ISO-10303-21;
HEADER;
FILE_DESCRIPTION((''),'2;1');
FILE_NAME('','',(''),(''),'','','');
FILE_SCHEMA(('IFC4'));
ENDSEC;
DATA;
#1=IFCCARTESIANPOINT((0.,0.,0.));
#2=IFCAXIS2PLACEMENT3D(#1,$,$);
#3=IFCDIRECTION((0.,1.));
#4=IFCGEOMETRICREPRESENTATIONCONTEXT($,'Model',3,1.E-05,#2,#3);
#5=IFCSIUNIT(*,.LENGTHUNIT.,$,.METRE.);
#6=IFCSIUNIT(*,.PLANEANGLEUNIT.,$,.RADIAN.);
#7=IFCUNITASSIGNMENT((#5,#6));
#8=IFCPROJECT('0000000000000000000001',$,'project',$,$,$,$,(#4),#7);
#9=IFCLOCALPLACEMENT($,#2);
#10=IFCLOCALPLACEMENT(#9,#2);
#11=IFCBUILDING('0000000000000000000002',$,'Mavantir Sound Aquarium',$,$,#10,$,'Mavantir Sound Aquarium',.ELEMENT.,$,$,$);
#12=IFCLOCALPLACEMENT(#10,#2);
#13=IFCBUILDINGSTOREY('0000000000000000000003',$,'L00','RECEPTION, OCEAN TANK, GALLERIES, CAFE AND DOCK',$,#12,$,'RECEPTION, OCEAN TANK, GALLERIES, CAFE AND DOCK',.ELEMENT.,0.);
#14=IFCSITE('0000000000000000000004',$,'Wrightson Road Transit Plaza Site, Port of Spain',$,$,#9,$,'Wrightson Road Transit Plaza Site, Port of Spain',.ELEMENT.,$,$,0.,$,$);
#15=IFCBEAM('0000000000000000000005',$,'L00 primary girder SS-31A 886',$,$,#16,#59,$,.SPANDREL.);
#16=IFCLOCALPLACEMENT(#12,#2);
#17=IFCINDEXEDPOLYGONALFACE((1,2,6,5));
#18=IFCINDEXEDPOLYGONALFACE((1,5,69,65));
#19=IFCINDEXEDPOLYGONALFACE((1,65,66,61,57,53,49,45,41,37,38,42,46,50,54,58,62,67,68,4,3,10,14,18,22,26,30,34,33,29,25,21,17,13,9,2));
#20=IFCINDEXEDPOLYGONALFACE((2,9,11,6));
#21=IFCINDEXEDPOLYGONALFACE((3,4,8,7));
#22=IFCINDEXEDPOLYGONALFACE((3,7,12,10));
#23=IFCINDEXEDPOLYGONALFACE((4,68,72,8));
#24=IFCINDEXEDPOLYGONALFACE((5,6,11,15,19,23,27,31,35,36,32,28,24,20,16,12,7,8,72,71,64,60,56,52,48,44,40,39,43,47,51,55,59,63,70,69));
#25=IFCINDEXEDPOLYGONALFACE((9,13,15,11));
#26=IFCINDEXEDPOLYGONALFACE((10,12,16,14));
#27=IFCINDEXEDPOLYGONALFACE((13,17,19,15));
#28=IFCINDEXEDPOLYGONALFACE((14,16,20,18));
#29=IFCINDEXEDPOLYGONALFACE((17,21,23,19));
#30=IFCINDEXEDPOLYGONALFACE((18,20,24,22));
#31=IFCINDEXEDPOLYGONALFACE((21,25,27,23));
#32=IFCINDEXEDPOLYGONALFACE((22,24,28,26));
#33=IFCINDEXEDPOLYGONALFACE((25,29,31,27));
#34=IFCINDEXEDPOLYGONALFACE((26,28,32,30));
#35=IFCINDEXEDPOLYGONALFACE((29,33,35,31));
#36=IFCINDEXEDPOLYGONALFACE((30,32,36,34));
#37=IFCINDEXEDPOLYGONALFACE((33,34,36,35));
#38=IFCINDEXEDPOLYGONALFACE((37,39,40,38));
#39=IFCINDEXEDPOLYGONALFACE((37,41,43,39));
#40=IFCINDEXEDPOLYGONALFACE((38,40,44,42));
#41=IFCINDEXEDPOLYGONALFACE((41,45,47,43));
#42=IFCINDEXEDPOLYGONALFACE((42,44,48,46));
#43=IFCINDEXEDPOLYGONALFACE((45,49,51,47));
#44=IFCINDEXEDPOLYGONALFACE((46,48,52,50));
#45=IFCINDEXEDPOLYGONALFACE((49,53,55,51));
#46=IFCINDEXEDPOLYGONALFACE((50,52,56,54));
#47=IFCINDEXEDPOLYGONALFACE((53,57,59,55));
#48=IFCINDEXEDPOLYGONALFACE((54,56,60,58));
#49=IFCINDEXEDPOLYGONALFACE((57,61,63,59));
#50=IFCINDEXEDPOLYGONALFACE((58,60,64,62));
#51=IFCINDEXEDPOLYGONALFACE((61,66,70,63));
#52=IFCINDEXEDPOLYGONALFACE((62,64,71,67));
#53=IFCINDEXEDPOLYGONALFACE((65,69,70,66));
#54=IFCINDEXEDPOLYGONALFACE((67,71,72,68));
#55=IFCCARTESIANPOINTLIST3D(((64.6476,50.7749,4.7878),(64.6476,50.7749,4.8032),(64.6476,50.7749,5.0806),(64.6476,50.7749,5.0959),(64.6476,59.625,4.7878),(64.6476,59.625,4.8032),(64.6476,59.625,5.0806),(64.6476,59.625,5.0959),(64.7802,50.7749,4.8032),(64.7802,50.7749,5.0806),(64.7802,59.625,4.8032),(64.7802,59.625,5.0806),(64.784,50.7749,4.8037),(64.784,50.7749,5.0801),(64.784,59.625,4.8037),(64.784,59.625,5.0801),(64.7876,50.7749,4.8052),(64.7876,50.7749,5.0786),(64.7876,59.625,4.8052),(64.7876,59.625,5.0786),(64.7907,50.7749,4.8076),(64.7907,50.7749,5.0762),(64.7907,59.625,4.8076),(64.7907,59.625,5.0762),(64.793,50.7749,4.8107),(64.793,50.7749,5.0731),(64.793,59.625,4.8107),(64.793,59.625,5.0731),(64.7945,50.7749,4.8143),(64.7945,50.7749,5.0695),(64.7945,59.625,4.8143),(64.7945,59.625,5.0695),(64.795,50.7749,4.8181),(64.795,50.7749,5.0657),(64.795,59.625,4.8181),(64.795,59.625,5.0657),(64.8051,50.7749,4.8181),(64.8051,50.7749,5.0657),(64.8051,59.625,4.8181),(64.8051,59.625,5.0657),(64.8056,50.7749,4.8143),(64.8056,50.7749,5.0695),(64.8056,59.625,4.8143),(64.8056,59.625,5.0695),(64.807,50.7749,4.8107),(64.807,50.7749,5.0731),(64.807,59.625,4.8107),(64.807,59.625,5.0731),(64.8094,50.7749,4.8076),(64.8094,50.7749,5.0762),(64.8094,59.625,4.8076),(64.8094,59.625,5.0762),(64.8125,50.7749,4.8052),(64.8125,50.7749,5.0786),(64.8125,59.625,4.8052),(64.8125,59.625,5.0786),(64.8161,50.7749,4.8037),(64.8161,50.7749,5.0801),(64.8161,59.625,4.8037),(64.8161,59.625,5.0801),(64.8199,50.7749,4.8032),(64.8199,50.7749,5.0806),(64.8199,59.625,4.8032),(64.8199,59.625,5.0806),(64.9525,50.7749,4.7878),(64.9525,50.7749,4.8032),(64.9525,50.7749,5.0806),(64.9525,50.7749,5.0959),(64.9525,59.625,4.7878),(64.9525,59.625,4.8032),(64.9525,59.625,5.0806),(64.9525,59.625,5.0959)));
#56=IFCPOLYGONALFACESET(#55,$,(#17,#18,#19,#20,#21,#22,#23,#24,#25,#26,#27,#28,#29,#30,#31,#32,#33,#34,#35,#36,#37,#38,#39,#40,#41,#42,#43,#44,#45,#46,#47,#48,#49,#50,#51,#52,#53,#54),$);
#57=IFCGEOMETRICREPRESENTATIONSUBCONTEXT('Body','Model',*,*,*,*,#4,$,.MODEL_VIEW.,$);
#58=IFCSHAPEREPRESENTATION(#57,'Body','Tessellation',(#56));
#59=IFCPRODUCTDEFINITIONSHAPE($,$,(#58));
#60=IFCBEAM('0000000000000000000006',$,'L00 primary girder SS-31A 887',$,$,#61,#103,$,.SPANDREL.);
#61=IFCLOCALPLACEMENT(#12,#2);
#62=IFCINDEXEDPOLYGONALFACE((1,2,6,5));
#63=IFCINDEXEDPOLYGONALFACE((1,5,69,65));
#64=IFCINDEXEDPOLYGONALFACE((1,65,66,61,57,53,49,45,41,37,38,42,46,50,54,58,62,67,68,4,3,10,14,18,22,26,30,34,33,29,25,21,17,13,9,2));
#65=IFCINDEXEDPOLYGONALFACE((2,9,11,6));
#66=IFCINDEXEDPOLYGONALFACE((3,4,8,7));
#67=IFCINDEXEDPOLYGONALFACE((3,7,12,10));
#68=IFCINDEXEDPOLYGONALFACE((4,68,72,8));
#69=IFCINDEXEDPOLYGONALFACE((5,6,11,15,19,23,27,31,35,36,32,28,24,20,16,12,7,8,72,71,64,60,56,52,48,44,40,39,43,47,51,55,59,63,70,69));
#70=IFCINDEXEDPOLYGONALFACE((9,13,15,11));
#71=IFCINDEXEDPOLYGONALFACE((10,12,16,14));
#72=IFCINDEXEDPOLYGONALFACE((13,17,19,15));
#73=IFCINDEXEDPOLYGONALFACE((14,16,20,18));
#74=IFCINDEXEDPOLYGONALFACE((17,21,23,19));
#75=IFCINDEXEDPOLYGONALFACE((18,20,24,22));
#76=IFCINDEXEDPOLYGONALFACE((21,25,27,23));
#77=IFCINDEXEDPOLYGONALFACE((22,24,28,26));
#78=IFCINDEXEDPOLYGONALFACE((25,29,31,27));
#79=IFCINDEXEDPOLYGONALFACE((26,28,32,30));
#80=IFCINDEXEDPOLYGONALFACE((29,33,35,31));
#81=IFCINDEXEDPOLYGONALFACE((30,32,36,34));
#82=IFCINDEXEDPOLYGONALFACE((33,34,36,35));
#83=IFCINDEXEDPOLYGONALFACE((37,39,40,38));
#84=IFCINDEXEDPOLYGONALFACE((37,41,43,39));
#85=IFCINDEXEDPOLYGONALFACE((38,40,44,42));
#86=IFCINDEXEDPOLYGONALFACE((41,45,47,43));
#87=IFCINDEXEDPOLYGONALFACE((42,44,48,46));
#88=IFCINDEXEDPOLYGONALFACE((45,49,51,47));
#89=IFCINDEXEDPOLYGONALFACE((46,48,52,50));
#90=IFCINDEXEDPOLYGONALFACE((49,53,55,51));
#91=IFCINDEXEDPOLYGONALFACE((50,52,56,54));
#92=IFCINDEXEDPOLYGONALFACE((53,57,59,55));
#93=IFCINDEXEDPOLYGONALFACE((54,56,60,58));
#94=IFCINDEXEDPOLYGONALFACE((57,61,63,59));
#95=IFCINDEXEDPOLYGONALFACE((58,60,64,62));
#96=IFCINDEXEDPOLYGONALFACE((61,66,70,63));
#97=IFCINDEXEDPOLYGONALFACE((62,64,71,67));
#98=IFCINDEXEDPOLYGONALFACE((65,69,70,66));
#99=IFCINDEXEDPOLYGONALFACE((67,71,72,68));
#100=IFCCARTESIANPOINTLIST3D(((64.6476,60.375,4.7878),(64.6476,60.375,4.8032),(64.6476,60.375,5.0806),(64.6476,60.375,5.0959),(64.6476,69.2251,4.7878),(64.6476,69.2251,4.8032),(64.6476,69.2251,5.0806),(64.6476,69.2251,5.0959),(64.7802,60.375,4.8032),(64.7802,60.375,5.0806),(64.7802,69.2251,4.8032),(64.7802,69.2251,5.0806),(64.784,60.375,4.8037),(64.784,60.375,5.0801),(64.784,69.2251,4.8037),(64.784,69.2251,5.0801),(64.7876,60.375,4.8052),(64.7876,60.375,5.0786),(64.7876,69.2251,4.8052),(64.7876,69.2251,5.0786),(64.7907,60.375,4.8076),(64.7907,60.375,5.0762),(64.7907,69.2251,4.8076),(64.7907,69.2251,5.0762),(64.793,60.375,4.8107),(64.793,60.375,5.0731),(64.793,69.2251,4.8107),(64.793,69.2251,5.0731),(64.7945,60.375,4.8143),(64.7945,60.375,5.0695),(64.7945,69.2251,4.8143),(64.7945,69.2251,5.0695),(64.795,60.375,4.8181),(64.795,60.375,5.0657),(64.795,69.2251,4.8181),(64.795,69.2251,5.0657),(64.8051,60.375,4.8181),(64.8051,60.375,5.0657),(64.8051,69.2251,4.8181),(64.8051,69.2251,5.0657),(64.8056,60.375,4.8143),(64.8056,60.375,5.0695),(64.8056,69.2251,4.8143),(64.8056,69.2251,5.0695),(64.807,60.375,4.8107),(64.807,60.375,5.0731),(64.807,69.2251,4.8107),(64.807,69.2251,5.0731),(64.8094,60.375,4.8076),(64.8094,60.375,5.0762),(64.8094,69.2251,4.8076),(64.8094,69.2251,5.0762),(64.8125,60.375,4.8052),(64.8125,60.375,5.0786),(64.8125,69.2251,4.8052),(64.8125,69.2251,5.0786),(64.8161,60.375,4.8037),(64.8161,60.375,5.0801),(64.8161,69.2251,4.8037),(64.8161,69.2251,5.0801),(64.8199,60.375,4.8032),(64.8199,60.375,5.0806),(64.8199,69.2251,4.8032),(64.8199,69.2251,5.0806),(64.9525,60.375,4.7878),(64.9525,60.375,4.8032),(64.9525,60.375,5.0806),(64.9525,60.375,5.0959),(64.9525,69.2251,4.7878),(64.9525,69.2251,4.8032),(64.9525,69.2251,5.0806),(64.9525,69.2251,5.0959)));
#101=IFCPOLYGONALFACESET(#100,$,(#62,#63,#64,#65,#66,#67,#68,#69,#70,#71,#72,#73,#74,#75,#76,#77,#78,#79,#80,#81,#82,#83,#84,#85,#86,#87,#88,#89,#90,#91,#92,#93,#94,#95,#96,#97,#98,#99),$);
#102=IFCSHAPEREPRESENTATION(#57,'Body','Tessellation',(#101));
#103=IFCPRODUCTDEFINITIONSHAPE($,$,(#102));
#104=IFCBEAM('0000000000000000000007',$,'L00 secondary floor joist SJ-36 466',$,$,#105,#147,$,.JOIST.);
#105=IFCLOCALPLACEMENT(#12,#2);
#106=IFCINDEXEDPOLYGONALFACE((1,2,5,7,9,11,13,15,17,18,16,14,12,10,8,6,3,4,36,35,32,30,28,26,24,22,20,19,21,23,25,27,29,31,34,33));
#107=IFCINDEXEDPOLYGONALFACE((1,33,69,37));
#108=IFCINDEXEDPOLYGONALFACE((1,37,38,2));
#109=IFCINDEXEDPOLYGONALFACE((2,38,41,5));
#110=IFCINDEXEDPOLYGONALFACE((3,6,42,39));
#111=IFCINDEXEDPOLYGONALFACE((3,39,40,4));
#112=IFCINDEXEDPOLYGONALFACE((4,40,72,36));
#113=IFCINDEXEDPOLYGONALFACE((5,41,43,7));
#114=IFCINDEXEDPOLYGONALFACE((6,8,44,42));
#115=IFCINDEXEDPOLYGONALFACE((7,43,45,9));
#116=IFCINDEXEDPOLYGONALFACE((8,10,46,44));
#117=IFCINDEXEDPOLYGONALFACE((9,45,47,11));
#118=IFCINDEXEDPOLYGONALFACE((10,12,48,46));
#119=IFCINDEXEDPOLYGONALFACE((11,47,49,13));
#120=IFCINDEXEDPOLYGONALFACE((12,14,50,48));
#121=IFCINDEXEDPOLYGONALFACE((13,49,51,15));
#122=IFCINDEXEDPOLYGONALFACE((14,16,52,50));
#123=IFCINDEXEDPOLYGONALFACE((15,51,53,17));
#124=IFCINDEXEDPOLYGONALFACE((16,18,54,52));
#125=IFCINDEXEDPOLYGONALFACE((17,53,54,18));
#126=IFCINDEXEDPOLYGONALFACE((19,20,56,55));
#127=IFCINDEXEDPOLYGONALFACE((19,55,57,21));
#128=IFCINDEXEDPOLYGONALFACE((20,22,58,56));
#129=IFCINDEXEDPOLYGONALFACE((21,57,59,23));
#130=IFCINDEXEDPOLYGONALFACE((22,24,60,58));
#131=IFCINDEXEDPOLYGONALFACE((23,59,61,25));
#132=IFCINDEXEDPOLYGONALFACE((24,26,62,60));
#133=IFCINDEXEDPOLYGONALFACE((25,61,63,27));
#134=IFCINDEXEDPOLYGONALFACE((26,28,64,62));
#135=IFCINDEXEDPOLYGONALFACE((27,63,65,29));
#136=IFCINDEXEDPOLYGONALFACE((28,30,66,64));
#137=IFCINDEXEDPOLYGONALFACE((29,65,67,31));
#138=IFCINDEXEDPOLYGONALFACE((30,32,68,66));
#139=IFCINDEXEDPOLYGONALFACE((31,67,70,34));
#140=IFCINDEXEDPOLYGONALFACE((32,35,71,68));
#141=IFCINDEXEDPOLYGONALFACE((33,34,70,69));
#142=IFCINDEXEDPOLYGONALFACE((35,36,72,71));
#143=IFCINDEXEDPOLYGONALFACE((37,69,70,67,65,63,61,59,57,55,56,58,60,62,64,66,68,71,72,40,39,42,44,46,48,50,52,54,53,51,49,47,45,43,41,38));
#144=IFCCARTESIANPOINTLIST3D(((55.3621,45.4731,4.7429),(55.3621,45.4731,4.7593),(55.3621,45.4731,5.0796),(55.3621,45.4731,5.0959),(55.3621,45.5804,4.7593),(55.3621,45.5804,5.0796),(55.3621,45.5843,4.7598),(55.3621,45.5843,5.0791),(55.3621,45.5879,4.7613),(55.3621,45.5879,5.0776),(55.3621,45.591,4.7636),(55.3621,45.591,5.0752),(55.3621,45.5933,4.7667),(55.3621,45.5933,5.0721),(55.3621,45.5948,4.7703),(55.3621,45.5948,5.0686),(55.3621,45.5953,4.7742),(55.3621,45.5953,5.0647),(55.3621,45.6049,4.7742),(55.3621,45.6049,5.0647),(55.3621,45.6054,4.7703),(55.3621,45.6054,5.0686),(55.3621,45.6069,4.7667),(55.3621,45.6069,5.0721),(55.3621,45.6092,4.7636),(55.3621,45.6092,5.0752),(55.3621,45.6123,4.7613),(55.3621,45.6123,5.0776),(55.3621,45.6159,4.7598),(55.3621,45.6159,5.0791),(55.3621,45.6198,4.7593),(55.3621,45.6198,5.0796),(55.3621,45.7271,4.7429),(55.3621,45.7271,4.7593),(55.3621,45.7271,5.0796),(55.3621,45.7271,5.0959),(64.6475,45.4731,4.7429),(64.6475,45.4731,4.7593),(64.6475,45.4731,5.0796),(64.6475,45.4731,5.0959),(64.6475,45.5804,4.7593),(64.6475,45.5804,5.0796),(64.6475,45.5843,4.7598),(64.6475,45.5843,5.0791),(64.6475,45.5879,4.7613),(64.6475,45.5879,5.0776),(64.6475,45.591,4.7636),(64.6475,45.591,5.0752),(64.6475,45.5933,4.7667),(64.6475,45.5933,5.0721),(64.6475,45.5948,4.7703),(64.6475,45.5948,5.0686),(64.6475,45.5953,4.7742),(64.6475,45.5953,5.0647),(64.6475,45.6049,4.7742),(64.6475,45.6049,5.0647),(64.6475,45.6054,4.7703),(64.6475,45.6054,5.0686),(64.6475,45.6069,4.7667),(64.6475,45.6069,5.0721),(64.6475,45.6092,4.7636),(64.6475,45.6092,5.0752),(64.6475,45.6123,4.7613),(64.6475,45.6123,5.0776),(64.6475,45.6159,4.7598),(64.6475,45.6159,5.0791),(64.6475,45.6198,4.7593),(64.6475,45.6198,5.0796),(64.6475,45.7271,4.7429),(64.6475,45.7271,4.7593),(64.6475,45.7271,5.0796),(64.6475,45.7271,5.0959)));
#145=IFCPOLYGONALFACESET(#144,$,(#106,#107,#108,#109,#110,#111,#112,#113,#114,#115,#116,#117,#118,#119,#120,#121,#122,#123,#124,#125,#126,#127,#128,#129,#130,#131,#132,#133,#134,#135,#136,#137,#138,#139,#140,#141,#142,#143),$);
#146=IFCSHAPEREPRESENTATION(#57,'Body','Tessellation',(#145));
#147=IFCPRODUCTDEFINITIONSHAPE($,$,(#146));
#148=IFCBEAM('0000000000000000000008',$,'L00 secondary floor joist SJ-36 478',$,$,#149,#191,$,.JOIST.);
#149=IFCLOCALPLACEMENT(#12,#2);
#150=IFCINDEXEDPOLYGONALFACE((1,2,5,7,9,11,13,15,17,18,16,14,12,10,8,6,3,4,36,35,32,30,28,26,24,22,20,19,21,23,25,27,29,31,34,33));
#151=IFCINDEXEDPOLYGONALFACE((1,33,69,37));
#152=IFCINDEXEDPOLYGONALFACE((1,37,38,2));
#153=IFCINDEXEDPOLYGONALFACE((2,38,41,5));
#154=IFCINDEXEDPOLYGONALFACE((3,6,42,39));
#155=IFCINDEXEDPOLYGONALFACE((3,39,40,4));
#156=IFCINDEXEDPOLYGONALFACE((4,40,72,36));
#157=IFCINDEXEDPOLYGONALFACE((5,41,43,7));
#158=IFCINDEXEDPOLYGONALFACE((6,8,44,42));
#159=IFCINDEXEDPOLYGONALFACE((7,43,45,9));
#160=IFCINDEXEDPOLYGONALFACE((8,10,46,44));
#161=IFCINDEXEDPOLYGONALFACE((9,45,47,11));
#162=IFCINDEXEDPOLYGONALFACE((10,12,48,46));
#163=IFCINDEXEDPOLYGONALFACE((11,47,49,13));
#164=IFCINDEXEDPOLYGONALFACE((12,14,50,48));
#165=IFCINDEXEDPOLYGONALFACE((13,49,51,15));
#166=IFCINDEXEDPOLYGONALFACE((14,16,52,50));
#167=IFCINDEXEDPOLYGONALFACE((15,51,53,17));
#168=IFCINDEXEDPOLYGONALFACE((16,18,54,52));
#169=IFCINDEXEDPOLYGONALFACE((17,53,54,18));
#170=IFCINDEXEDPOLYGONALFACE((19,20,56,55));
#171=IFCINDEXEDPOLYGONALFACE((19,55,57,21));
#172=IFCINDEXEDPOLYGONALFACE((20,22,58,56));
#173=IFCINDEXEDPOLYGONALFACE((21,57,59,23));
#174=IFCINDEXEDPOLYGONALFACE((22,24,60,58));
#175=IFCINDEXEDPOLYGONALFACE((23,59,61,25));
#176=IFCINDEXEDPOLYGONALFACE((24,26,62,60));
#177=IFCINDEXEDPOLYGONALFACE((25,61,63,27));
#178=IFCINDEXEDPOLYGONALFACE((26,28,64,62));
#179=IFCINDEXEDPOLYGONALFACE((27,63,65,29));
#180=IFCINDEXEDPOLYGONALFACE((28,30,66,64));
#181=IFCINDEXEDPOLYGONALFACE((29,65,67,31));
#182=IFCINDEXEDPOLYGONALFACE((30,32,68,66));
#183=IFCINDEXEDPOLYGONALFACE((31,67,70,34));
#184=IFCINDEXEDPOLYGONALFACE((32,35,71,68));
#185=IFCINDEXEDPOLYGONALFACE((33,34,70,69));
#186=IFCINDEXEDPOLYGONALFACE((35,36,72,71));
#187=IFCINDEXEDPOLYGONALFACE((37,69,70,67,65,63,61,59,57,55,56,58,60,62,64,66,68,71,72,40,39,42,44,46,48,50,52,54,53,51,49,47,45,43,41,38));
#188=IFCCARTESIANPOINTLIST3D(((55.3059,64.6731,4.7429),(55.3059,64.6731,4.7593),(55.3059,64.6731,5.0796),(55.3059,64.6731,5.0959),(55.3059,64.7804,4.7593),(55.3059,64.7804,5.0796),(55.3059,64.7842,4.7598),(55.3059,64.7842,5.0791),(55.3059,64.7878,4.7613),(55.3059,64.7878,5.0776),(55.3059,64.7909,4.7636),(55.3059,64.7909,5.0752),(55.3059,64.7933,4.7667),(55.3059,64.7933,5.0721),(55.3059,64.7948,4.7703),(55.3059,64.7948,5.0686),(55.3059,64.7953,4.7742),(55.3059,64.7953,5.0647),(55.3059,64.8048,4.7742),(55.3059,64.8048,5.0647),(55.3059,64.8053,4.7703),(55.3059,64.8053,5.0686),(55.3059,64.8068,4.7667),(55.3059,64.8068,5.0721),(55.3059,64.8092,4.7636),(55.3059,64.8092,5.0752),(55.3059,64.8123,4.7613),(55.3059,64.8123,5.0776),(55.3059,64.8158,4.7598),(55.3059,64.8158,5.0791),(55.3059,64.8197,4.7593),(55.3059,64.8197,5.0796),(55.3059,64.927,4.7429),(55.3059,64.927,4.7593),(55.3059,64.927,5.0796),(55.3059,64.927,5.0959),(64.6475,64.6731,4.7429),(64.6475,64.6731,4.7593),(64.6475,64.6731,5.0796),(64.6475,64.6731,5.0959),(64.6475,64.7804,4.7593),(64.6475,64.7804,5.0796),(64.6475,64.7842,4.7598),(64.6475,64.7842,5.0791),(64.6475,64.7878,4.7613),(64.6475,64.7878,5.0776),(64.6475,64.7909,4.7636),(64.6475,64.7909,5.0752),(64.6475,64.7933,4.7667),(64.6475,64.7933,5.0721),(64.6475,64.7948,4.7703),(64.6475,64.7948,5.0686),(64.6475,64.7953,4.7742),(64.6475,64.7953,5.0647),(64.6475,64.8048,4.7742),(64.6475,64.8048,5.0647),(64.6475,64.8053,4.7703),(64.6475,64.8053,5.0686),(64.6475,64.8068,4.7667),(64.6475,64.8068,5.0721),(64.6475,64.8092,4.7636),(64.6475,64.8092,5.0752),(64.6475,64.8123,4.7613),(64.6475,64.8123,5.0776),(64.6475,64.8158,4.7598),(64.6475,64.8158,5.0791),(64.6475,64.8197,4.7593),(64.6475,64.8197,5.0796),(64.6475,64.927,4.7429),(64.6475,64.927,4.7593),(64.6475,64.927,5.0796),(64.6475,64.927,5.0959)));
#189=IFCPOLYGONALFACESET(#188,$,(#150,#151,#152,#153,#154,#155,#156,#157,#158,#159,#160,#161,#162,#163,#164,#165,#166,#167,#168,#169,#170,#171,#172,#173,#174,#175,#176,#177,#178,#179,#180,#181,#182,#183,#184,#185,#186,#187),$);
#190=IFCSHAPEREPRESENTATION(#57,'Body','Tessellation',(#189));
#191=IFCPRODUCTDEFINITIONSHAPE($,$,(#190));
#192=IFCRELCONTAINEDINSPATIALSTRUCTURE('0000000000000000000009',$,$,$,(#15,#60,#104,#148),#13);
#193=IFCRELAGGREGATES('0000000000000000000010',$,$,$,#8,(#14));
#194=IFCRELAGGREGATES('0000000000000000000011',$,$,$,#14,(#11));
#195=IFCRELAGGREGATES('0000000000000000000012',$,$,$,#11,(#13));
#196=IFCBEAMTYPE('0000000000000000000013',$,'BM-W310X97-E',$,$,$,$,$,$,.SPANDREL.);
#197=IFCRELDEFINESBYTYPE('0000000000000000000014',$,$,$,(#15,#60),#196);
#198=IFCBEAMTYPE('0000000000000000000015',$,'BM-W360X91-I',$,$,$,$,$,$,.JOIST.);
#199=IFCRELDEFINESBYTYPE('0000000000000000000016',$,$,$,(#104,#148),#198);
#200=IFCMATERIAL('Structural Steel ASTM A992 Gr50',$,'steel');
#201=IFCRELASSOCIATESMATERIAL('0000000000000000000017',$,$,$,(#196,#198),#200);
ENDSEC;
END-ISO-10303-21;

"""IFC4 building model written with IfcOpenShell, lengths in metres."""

from ifc_helpers import new_model, si_unit, direction, frame, origin, origin_2d, place, context, subcontext, project, spatial, i_section, extrude, material, material_profile, profile_set, type_object, element, save


model = new_model("IFC4")

# Units and contexts
model_context = context("Model", 3, precision=1e-05, world=origin(), true_north=direction((0.0, 1.0)))
body_context = subcontext(model_context, "Body", "Model", "MODEL_VIEW")
ifc_project = project(units=[si_unit("LENGTHUNIT", "METRE"), si_unit("PLANEANGLEUNIT", "RADIAN")], contexts=[model_context])

# Site, building, storey
site_placement = place(None, origin())
site = spatial("IfcSite", under=ifc_project, at=site_placement, Name="Wrightson Road Transit Plaza Site, Port of Spain", LongName="Wrightson Road Transit Plaza Site, Port of Spain", CompositionType="ELEMENT", RefElevation=0.0)
building_placement = place(site_placement, origin())
building = spatial("IfcBuilding", under=site, at=building_placement, Name="Mavantir Sound Aquarium", LongName="Mavantir Sound Aquarium", CompositionType="ELEMENT")
storey_placement = place(building_placement, origin())
storey = spatial("IfcBuildingStorey", under=building, at=storey_placement, Name="L00", Description="RECEPTION, OCEAN TANK, GALLERIES, CAFE AND DOCK", LongName="RECEPTION, OCEAN TANK, GALLERIES, CAFE AND DOCK", CompositionType="ELEMENT", Elevation=0.0)

# Beams
ifc_material_1 = material(Name="Structural Steel ASTM A992 Gr50", Category="steel")
ifc_material_profile_1 = material_profile(ifc_material_1, i_section(OverallWidth=0.3049, OverallDepth=0.3081, WebThickness=0.01, FlangeThickness=0.0154, FilletRadius=0.0149, at=origin_2d()), Name="W310X97")
ifc_profile_set_1 = profile_set([ifc_material_profile_1], Name="Structural Steel ASTM A992 Gr50")
beam_type_1 = type_object("IfcBeamType", Name="BM-W310X97-E", PredefinedType="SPANDREL", material=ifc_profile_set_1)
for number, where, z_axis, x_axis, name in (
    (1, (64.8, 50.7749, 4.9419), (0.0, 1.0, 0.0), (-1.0, 0.0, 0.0), "L00 primary girder SS-31A 886"),
    (2, (64.8, 60.375, 4.9419), (0.0, 1.0, 0.0), (-1.0, 0.0, 0.0), "L00 primary girder SS-31A 887"),
):
    element("IfcBeam", number, at=place(storey_placement, frame(where, z_axis=z_axis, x_axis=x_axis)), inside=storey, type_object=beam_type_1, Name=name, PredefinedType="SPANDREL", context=body_context, shape_type="SweptSolid", body=[
        extrude(i_section(OverallWidth=0.3049, OverallDepth=0.3081, WebThickness=0.01, FlangeThickness=0.0154, FilletRadius=0.0149, at=origin_2d()), origin(), (0.0, 0.0, 1.0), 8.8501),
    ])
ifc_material_profile_2 = material_profile(ifc_material_1, i_section(OverallWidth=0.2539, OverallDepth=0.353, WebThickness=0.0095, FlangeThickness=0.0164, FilletRadius=0.0149, at=origin_2d()), Name="W360X91")
ifc_profile_set_2 = profile_set([ifc_material_profile_2], Name="Structural Steel ASTM A992 Gr50")
beam_type_2 = type_object("IfcBeamType", Name="BM-W360X91-I", PredefinedType="JOIST", material=ifc_profile_set_2)
beam_1_placement = place(storey_placement, frame((55.3621, 45.6001, 4.9194), z_axis=(1.0, 0.0, 0.0), x_axis=(0.0, 1.0, 0.0)))
element("IfcBeam", 3, at=beam_1_placement, inside=storey, type_object=beam_type_2, Name="L00 secondary floor joist SJ-36 466", PredefinedType="JOIST", context=body_context, shape_type="SweptSolid", body=[
    extrude(i_section(OverallWidth=0.2539, OverallDepth=0.353, WebThickness=0.0095, FlangeThickness=0.0164, FilletRadius=0.0149, at=origin_2d()), origin(), (0.0, 0.0, 1.0), 9.2854),
])
beam_2_placement = place(storey_placement, frame((55.3059, 64.8, 4.9194), z_axis=(1.0, 0.0, 0.0), x_axis=(0.0, 1.0, 0.0)))
element("IfcBeam", 4, at=beam_2_placement, inside=storey, type_object=beam_type_2, Name="L00 secondary floor joist SJ-36 478", PredefinedType="JOIST", context=body_context, shape_type="SweptSolid", body=[
    extrude(i_section(OverallWidth=0.2539, OverallDepth=0.353, WebThickness=0.0095, FlangeThickness=0.0164, FilletRadius=0.0149, at=origin_2d()), origin(), (0.0, 0.0, 1.0), 9.3416),
])

save(model, "model.ifc")
